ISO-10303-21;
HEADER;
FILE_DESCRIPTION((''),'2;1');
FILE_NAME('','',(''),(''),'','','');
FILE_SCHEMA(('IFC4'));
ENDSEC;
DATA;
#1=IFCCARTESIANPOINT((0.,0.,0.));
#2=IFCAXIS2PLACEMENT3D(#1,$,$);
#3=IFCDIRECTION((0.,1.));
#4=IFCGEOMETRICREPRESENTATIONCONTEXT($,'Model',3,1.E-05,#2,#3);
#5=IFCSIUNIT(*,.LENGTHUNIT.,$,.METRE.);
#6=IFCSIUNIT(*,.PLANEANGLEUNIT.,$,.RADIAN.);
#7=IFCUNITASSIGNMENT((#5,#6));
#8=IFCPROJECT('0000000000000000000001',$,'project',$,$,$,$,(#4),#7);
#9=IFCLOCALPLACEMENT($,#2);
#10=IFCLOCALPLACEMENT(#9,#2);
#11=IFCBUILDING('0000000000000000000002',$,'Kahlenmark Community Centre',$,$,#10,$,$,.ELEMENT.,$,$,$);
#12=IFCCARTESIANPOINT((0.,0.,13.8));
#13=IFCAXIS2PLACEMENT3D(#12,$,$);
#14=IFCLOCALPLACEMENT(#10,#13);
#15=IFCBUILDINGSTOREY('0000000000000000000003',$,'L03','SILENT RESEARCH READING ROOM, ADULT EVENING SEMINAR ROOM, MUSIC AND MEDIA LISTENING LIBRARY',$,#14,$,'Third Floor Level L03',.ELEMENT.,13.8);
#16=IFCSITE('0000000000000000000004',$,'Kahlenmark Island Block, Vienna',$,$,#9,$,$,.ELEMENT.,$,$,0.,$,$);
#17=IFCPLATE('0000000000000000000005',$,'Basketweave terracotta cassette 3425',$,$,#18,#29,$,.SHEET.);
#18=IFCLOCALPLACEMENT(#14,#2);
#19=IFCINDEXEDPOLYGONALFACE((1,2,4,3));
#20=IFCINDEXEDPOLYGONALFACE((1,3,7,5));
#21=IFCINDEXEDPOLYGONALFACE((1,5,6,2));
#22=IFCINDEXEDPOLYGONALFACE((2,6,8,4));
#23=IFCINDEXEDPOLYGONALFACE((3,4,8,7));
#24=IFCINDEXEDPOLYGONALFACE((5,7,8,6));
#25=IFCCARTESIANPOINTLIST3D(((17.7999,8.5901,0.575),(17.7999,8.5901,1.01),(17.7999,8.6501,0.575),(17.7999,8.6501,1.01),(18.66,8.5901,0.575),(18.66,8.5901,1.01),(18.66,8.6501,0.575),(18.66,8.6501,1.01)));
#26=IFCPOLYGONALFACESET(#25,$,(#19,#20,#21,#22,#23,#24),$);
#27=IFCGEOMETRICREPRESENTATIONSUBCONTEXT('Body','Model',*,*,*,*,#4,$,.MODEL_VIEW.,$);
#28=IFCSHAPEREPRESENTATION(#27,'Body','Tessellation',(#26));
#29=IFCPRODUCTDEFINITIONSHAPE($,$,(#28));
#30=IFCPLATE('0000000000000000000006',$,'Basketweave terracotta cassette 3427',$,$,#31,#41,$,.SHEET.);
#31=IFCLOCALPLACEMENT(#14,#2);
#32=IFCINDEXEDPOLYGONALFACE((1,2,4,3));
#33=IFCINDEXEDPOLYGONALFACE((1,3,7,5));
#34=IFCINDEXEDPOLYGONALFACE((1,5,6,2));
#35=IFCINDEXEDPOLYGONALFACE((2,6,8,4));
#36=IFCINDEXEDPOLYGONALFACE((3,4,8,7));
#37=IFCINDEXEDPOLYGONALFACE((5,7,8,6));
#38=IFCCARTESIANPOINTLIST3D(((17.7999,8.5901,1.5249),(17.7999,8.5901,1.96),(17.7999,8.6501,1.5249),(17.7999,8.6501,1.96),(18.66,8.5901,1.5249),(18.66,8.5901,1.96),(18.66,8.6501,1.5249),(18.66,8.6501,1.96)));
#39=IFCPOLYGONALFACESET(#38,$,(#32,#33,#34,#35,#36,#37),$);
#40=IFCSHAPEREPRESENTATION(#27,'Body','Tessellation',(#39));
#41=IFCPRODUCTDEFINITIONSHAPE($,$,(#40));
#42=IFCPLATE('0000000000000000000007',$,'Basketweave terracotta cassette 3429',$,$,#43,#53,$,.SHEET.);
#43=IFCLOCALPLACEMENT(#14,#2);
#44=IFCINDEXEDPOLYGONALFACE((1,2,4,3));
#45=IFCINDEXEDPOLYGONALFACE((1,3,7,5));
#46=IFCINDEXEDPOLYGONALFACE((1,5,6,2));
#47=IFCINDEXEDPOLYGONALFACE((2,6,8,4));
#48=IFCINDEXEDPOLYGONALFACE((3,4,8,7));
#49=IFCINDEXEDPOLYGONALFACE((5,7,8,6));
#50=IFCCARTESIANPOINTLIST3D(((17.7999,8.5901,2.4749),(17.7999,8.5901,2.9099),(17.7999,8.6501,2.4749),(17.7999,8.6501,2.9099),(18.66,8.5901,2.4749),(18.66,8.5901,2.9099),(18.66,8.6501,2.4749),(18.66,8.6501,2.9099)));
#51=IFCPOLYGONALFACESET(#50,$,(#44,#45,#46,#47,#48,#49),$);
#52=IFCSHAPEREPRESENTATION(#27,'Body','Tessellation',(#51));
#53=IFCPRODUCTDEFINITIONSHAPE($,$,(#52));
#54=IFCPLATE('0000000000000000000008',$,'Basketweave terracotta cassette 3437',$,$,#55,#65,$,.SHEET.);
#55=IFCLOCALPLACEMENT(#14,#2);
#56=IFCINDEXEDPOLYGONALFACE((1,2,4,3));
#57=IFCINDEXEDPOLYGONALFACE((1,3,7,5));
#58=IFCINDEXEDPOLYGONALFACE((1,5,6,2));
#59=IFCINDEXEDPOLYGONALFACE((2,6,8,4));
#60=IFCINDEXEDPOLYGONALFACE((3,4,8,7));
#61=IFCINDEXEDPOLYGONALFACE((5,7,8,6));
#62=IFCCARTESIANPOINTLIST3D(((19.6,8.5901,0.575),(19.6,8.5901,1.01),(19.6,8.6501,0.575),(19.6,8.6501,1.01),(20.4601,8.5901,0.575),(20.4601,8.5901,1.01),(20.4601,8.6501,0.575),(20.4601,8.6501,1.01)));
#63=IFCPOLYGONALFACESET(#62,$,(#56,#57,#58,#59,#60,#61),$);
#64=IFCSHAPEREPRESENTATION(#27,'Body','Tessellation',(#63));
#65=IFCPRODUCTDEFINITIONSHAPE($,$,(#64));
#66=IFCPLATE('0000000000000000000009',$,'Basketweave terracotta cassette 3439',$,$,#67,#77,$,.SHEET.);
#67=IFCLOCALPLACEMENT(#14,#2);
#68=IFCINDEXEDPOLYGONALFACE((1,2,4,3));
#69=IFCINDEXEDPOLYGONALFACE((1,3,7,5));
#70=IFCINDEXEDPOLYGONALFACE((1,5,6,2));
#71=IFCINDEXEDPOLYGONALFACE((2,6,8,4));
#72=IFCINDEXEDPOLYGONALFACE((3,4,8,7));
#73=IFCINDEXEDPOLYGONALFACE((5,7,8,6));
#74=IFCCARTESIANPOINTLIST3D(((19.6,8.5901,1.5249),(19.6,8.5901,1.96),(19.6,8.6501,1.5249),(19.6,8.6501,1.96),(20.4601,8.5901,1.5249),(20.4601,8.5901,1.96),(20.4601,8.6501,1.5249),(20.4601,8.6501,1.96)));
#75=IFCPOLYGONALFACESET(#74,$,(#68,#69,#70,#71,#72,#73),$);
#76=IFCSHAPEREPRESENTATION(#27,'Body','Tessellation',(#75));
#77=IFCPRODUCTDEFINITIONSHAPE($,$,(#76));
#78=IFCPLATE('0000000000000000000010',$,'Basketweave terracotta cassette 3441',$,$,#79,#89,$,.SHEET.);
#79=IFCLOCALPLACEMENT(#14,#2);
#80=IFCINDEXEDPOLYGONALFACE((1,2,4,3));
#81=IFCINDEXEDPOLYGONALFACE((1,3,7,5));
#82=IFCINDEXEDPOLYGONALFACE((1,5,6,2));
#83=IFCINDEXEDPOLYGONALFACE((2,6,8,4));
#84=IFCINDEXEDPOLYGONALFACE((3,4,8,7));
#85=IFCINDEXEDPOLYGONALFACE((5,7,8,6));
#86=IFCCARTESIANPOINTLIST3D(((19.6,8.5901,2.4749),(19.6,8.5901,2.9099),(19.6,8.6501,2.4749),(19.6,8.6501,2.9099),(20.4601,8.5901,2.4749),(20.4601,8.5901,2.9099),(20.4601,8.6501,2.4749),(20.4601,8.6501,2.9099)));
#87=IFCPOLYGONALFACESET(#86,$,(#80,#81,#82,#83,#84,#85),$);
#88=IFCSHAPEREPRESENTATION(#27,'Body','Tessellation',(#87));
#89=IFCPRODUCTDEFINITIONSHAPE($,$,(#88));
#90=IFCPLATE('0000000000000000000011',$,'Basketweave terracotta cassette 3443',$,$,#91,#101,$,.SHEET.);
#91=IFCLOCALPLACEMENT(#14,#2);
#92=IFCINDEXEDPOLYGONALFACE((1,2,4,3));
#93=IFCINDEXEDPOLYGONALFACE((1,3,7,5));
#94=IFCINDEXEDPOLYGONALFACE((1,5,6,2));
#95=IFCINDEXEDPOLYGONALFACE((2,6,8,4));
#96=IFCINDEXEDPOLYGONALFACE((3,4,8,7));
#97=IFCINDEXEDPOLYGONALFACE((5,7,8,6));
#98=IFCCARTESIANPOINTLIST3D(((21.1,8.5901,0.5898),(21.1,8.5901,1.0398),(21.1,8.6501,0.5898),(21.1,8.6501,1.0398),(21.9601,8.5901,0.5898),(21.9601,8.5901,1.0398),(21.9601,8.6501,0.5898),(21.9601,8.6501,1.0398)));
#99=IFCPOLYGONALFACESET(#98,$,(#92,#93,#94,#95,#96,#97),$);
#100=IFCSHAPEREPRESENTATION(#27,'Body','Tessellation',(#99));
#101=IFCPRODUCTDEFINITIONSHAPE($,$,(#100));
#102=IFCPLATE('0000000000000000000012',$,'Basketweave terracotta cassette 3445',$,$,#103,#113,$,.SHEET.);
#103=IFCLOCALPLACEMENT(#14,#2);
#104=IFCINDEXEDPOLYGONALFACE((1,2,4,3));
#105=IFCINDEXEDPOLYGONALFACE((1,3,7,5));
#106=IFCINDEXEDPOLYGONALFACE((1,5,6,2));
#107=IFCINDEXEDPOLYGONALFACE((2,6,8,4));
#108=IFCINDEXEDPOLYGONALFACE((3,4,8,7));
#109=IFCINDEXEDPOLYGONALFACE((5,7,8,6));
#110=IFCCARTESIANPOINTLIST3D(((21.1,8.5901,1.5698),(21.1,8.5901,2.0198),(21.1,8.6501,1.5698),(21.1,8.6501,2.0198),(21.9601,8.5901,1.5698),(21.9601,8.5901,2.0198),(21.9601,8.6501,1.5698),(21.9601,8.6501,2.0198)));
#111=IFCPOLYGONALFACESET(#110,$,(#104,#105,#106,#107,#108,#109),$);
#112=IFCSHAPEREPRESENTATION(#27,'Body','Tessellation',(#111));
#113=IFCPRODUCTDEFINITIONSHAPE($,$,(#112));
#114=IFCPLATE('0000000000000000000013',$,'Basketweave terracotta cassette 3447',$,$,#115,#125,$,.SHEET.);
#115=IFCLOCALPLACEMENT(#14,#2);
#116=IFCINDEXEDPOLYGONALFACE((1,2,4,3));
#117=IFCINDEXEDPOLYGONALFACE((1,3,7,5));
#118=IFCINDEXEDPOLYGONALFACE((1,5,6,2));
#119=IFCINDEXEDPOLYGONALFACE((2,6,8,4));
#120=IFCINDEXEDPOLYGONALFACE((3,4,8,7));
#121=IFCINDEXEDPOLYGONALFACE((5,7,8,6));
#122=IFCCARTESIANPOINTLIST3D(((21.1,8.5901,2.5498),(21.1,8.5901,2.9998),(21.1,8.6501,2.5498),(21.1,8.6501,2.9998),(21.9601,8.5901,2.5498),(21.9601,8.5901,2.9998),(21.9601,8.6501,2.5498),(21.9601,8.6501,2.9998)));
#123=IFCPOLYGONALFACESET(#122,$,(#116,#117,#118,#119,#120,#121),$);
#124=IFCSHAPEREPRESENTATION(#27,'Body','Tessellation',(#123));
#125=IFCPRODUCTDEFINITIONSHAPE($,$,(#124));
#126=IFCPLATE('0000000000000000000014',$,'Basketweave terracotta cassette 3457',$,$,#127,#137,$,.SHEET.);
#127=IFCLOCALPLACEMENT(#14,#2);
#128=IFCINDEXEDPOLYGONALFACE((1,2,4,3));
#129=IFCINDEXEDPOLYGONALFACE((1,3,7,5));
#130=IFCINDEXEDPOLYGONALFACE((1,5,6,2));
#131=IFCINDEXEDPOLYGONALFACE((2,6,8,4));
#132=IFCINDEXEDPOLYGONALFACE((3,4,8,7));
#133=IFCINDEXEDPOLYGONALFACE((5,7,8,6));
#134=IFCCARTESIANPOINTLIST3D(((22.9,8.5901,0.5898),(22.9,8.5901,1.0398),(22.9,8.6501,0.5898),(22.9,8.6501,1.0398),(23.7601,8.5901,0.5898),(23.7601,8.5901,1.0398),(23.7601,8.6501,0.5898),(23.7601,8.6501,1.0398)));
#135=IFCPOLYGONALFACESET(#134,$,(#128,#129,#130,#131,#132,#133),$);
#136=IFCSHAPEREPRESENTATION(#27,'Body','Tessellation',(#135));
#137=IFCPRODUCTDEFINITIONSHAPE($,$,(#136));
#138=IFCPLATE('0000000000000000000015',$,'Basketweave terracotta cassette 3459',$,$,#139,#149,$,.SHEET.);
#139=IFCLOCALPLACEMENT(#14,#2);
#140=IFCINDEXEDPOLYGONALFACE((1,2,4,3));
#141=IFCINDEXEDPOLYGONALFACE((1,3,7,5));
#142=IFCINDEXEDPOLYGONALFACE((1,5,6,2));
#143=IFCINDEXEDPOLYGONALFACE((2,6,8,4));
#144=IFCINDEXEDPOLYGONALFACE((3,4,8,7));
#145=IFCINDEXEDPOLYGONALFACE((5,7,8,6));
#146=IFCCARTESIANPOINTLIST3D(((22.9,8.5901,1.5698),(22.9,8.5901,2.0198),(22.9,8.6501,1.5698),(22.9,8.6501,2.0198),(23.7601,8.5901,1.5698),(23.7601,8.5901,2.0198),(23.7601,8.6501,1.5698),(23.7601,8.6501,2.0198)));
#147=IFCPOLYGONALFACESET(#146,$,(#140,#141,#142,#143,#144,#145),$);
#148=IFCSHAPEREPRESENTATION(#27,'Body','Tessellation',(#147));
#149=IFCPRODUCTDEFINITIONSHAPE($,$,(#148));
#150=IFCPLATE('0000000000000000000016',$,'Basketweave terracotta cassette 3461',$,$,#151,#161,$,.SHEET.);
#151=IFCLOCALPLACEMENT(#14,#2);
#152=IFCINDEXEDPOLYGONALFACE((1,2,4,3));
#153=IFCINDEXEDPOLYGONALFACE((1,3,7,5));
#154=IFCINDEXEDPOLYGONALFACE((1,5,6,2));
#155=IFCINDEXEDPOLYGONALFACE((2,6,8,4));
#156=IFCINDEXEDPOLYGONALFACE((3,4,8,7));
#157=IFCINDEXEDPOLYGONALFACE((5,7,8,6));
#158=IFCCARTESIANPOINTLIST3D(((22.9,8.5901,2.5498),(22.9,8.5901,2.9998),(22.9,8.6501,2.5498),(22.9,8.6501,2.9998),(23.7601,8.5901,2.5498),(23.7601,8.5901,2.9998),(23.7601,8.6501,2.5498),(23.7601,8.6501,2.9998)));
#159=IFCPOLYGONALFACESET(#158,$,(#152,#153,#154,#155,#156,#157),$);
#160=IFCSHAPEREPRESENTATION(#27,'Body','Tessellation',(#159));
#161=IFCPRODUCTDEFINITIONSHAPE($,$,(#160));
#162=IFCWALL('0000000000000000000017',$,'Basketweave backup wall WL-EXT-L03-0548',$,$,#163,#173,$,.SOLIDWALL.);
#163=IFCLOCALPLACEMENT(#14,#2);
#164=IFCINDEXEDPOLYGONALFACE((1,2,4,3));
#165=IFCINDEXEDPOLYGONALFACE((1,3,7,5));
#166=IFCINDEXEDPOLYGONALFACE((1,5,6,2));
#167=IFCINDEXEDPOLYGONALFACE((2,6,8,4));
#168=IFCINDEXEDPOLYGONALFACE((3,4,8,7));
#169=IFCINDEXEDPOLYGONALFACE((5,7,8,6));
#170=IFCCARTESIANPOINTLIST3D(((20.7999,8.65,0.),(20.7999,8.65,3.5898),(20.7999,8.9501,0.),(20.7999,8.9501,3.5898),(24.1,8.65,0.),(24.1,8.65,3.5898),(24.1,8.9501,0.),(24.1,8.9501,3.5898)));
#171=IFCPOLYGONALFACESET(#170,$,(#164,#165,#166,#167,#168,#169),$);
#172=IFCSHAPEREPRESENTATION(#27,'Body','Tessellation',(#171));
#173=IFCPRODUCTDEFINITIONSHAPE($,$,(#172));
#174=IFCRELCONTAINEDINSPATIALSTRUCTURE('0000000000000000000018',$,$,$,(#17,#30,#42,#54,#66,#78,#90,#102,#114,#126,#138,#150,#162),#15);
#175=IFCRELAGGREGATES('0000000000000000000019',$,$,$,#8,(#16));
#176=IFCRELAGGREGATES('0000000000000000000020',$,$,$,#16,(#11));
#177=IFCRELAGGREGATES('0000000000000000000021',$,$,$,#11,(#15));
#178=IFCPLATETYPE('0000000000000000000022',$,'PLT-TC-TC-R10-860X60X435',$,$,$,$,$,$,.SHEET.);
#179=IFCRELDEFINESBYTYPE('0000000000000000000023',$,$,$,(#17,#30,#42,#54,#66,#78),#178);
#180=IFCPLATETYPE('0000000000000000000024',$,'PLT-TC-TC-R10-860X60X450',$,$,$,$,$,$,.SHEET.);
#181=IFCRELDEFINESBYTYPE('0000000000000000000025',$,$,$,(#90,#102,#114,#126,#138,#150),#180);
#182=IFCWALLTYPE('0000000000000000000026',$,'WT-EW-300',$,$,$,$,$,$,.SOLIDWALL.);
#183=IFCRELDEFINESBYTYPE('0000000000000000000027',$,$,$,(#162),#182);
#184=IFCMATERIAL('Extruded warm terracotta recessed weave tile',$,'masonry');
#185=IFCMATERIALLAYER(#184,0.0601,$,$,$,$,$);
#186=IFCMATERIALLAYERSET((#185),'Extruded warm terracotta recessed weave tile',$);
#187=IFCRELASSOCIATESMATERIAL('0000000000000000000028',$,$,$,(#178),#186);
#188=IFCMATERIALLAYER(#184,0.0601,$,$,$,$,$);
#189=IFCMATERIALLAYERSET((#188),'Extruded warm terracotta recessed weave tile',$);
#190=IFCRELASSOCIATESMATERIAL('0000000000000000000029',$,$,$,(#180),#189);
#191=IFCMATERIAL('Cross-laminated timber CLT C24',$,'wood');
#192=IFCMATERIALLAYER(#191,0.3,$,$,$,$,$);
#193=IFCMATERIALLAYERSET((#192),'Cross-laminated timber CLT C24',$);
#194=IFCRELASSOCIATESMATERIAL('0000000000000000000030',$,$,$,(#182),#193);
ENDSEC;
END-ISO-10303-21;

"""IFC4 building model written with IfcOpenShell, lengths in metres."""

from ifc_helpers import new_model, si_unit, direction, frame, frame_2d, origin, origin_2d, place, context, subcontext, project, spatial, rectangle, extrude, material, layer, layer_set, type_object, element, save


model = new_model("IFC4")

# Units and contexts
model_context = context("Model", 3, precision=1e-05, world=origin(), true_north=direction((0.0, 1.0)))
body_context = subcontext(model_context, "Body", "Model", "MODEL_VIEW")
ifc_project = project(units=[si_unit("LENGTHUNIT", "METRE"), si_unit("PLANEANGLEUNIT", "RADIAN")], contexts=[model_context])

# Site, building, storey
site_placement = place(None, origin())
site = spatial("IfcSite", under=ifc_project, at=site_placement, Name="Kahlenmark Island Block, Vienna", CompositionType="ELEMENT", RefElevation=0.0)
building_placement = place(site_placement, origin())
building = spatial("IfcBuilding", under=site, at=building_placement, Name="Kahlenmark Community Centre", CompositionType="ELEMENT")
storey_placement = place(building_placement, frame((0.0, 0.0, 13.8)))
storey = spatial("IfcBuildingStorey", under=building, at=storey_placement, Name="L03", Description="SILENT RESEARCH READING ROOM, ADULT EVENING SEMINAR ROOM, MUSIC AND MEDIA LISTENING LIBRARY", LongName="Third Floor Level L03", CompositionType="ELEMENT", Elevation=13.8)

# Plates
ifc_material_1 = material(Name="Extruded warm terracotta recessed weave tile", Category="masonry")
ifc_layer_1 = layer(ifc_material_1, 0.0601)
ifc_layer_set_1 = layer_set([ifc_layer_1], Name="Extruded warm terracotta recessed weave tile")
plate_type_1 = type_object("IfcPlateType", Name="PLT-TC-TC-R10-860X60X435", PredefinedType="SHEET", material=ifc_layer_set_1)
for number, where, z_axis, x_axis, name in (
    (1, (18.23, 8.6201, 0.575), (0.0, 0.0, 1.0), (1.0, 0.0, 0.0), "Basketweave terracotta cassette 3425"),
    (2, (18.23, 8.6201, 1.5249), (0.0, 0.0, 1.0), (1.0, 0.0, 0.0), "Basketweave terracotta cassette 3427"),
    (3, (18.23, 8.6201, 2.4749), (0.0, 0.0, 1.0), (1.0, 0.0, 0.0), "Basketweave terracotta cassette 3429"),
    (4, (20.03, 8.6201, 0.575), (0.0, 0.0, 1.0), (1.0, 0.0, 0.0), "Basketweave terracotta cassette 3437"),
    (5, (20.03, 8.6201, 1.5249), (0.0, 0.0, 1.0), (1.0, 0.0, 0.0), "Basketweave terracotta cassette 3439"),
    (6, (20.03, 8.6201, 2.4749), (0.0, 0.0, 1.0), (1.0, 0.0, 0.0), "Basketweave terracotta cassette 3441"),
):
    element("IfcPlate", number, at=place(storey_placement, frame(where, z_axis=z_axis, x_axis=x_axis)), inside=storey, type_object=plate_type_1, Name=name, PredefinedType="SHEET", context=body_context, shape_type="SweptSolid", body=[
        extrude(rectangle(XDim=0.8601, YDim=0.0601, at=origin_2d()), origin(), (0.0, 0.0, 1.0), 0.4351),
    ])
ifc_layer_2 = layer(ifc_material_1, 0.0601)
ifc_layer_set_2 = layer_set([ifc_layer_2], Name="Extruded warm terracotta recessed weave tile")
plate_type_2 = type_object("IfcPlateType", Name="PLT-TC-TC-R10-860X60X450", PredefinedType="SHEET", material=ifc_layer_set_2)
for number, where, z_axis, x_axis, name in (
    (7, (21.53, 8.6201, 0.5898), (0.0, 0.0, 1.0), (1.0, 0.0, 0.0), "Basketweave terracotta cassette 3443"),
    (8, (21.53, 8.6201, 1.5698), (0.0, 0.0, 1.0), (1.0, 0.0, 0.0), "Basketweave terracotta cassette 3445"),
    (9, (21.53, 8.6201, 2.5498), (0.0, 0.0, 1.0), (1.0, 0.0, 0.0), "Basketweave terracotta cassette 3447"),
    (10, (23.3301, 8.6201, 0.5898), (0.0, 0.0, 1.0), (1.0, 0.0, 0.0), "Basketweave terracotta cassette 3457"),
    (11, (23.3301, 8.6201, 1.5698), (0.0, 0.0, 1.0), (1.0, 0.0, 0.0), "Basketweave terracotta cassette 3459"),
    (12, (23.3301, 8.6201, 2.5498), (0.0, 0.0, 1.0), (1.0, 0.0, 0.0), "Basketweave terracotta cassette 3461"),
):
    element("IfcPlate", number, at=place(storey_placement, frame(where, z_axis=z_axis, x_axis=x_axis)), inside=storey, type_object=plate_type_2, Name=name, PredefinedType="SHEET", context=body_context, shape_type="SweptSolid", body=[
        extrude(rectangle(XDim=0.8601, YDim=0.0601, at=origin_2d()), origin(), (0.0, 0.0, 1.0), 0.45),
    ])

# Wall
ifc_material_2 = material(Name="Cross-laminated timber CLT C24", Category="wood")
ifc_layer_3 = layer(ifc_material_2, 0.3)
ifc_layer_set_3 = layer_set([ifc_layer_3], Name="Cross-laminated timber CLT C24")
wall_type = type_object("IfcWallType", Name="WT-EW-300", PredefinedType="SOLIDWALL", material=ifc_layer_set_3)
wall_placement = place(storey_placement, frame((20.8, 8.8, 0.0), z_axis=(0.0, 0.0, 1.0), x_axis=(1.0, 0.0, 0.0)))
element("IfcWall", 13, at=wall_placement, inside=storey, type_object=wall_type, Name="Basketweave backup wall WL-EXT-L03-0548", PredefinedType="SOLIDWALL", context=body_context, shape_type="SweptSolid", body=[
    extrude(rectangle(XDim=3.3, YDim=0.3, at=frame_2d((1.6499, 0.0))), origin(), (0.0, 0.0, 1.0), 3.5898),
])

save(model, "model.ifc")
